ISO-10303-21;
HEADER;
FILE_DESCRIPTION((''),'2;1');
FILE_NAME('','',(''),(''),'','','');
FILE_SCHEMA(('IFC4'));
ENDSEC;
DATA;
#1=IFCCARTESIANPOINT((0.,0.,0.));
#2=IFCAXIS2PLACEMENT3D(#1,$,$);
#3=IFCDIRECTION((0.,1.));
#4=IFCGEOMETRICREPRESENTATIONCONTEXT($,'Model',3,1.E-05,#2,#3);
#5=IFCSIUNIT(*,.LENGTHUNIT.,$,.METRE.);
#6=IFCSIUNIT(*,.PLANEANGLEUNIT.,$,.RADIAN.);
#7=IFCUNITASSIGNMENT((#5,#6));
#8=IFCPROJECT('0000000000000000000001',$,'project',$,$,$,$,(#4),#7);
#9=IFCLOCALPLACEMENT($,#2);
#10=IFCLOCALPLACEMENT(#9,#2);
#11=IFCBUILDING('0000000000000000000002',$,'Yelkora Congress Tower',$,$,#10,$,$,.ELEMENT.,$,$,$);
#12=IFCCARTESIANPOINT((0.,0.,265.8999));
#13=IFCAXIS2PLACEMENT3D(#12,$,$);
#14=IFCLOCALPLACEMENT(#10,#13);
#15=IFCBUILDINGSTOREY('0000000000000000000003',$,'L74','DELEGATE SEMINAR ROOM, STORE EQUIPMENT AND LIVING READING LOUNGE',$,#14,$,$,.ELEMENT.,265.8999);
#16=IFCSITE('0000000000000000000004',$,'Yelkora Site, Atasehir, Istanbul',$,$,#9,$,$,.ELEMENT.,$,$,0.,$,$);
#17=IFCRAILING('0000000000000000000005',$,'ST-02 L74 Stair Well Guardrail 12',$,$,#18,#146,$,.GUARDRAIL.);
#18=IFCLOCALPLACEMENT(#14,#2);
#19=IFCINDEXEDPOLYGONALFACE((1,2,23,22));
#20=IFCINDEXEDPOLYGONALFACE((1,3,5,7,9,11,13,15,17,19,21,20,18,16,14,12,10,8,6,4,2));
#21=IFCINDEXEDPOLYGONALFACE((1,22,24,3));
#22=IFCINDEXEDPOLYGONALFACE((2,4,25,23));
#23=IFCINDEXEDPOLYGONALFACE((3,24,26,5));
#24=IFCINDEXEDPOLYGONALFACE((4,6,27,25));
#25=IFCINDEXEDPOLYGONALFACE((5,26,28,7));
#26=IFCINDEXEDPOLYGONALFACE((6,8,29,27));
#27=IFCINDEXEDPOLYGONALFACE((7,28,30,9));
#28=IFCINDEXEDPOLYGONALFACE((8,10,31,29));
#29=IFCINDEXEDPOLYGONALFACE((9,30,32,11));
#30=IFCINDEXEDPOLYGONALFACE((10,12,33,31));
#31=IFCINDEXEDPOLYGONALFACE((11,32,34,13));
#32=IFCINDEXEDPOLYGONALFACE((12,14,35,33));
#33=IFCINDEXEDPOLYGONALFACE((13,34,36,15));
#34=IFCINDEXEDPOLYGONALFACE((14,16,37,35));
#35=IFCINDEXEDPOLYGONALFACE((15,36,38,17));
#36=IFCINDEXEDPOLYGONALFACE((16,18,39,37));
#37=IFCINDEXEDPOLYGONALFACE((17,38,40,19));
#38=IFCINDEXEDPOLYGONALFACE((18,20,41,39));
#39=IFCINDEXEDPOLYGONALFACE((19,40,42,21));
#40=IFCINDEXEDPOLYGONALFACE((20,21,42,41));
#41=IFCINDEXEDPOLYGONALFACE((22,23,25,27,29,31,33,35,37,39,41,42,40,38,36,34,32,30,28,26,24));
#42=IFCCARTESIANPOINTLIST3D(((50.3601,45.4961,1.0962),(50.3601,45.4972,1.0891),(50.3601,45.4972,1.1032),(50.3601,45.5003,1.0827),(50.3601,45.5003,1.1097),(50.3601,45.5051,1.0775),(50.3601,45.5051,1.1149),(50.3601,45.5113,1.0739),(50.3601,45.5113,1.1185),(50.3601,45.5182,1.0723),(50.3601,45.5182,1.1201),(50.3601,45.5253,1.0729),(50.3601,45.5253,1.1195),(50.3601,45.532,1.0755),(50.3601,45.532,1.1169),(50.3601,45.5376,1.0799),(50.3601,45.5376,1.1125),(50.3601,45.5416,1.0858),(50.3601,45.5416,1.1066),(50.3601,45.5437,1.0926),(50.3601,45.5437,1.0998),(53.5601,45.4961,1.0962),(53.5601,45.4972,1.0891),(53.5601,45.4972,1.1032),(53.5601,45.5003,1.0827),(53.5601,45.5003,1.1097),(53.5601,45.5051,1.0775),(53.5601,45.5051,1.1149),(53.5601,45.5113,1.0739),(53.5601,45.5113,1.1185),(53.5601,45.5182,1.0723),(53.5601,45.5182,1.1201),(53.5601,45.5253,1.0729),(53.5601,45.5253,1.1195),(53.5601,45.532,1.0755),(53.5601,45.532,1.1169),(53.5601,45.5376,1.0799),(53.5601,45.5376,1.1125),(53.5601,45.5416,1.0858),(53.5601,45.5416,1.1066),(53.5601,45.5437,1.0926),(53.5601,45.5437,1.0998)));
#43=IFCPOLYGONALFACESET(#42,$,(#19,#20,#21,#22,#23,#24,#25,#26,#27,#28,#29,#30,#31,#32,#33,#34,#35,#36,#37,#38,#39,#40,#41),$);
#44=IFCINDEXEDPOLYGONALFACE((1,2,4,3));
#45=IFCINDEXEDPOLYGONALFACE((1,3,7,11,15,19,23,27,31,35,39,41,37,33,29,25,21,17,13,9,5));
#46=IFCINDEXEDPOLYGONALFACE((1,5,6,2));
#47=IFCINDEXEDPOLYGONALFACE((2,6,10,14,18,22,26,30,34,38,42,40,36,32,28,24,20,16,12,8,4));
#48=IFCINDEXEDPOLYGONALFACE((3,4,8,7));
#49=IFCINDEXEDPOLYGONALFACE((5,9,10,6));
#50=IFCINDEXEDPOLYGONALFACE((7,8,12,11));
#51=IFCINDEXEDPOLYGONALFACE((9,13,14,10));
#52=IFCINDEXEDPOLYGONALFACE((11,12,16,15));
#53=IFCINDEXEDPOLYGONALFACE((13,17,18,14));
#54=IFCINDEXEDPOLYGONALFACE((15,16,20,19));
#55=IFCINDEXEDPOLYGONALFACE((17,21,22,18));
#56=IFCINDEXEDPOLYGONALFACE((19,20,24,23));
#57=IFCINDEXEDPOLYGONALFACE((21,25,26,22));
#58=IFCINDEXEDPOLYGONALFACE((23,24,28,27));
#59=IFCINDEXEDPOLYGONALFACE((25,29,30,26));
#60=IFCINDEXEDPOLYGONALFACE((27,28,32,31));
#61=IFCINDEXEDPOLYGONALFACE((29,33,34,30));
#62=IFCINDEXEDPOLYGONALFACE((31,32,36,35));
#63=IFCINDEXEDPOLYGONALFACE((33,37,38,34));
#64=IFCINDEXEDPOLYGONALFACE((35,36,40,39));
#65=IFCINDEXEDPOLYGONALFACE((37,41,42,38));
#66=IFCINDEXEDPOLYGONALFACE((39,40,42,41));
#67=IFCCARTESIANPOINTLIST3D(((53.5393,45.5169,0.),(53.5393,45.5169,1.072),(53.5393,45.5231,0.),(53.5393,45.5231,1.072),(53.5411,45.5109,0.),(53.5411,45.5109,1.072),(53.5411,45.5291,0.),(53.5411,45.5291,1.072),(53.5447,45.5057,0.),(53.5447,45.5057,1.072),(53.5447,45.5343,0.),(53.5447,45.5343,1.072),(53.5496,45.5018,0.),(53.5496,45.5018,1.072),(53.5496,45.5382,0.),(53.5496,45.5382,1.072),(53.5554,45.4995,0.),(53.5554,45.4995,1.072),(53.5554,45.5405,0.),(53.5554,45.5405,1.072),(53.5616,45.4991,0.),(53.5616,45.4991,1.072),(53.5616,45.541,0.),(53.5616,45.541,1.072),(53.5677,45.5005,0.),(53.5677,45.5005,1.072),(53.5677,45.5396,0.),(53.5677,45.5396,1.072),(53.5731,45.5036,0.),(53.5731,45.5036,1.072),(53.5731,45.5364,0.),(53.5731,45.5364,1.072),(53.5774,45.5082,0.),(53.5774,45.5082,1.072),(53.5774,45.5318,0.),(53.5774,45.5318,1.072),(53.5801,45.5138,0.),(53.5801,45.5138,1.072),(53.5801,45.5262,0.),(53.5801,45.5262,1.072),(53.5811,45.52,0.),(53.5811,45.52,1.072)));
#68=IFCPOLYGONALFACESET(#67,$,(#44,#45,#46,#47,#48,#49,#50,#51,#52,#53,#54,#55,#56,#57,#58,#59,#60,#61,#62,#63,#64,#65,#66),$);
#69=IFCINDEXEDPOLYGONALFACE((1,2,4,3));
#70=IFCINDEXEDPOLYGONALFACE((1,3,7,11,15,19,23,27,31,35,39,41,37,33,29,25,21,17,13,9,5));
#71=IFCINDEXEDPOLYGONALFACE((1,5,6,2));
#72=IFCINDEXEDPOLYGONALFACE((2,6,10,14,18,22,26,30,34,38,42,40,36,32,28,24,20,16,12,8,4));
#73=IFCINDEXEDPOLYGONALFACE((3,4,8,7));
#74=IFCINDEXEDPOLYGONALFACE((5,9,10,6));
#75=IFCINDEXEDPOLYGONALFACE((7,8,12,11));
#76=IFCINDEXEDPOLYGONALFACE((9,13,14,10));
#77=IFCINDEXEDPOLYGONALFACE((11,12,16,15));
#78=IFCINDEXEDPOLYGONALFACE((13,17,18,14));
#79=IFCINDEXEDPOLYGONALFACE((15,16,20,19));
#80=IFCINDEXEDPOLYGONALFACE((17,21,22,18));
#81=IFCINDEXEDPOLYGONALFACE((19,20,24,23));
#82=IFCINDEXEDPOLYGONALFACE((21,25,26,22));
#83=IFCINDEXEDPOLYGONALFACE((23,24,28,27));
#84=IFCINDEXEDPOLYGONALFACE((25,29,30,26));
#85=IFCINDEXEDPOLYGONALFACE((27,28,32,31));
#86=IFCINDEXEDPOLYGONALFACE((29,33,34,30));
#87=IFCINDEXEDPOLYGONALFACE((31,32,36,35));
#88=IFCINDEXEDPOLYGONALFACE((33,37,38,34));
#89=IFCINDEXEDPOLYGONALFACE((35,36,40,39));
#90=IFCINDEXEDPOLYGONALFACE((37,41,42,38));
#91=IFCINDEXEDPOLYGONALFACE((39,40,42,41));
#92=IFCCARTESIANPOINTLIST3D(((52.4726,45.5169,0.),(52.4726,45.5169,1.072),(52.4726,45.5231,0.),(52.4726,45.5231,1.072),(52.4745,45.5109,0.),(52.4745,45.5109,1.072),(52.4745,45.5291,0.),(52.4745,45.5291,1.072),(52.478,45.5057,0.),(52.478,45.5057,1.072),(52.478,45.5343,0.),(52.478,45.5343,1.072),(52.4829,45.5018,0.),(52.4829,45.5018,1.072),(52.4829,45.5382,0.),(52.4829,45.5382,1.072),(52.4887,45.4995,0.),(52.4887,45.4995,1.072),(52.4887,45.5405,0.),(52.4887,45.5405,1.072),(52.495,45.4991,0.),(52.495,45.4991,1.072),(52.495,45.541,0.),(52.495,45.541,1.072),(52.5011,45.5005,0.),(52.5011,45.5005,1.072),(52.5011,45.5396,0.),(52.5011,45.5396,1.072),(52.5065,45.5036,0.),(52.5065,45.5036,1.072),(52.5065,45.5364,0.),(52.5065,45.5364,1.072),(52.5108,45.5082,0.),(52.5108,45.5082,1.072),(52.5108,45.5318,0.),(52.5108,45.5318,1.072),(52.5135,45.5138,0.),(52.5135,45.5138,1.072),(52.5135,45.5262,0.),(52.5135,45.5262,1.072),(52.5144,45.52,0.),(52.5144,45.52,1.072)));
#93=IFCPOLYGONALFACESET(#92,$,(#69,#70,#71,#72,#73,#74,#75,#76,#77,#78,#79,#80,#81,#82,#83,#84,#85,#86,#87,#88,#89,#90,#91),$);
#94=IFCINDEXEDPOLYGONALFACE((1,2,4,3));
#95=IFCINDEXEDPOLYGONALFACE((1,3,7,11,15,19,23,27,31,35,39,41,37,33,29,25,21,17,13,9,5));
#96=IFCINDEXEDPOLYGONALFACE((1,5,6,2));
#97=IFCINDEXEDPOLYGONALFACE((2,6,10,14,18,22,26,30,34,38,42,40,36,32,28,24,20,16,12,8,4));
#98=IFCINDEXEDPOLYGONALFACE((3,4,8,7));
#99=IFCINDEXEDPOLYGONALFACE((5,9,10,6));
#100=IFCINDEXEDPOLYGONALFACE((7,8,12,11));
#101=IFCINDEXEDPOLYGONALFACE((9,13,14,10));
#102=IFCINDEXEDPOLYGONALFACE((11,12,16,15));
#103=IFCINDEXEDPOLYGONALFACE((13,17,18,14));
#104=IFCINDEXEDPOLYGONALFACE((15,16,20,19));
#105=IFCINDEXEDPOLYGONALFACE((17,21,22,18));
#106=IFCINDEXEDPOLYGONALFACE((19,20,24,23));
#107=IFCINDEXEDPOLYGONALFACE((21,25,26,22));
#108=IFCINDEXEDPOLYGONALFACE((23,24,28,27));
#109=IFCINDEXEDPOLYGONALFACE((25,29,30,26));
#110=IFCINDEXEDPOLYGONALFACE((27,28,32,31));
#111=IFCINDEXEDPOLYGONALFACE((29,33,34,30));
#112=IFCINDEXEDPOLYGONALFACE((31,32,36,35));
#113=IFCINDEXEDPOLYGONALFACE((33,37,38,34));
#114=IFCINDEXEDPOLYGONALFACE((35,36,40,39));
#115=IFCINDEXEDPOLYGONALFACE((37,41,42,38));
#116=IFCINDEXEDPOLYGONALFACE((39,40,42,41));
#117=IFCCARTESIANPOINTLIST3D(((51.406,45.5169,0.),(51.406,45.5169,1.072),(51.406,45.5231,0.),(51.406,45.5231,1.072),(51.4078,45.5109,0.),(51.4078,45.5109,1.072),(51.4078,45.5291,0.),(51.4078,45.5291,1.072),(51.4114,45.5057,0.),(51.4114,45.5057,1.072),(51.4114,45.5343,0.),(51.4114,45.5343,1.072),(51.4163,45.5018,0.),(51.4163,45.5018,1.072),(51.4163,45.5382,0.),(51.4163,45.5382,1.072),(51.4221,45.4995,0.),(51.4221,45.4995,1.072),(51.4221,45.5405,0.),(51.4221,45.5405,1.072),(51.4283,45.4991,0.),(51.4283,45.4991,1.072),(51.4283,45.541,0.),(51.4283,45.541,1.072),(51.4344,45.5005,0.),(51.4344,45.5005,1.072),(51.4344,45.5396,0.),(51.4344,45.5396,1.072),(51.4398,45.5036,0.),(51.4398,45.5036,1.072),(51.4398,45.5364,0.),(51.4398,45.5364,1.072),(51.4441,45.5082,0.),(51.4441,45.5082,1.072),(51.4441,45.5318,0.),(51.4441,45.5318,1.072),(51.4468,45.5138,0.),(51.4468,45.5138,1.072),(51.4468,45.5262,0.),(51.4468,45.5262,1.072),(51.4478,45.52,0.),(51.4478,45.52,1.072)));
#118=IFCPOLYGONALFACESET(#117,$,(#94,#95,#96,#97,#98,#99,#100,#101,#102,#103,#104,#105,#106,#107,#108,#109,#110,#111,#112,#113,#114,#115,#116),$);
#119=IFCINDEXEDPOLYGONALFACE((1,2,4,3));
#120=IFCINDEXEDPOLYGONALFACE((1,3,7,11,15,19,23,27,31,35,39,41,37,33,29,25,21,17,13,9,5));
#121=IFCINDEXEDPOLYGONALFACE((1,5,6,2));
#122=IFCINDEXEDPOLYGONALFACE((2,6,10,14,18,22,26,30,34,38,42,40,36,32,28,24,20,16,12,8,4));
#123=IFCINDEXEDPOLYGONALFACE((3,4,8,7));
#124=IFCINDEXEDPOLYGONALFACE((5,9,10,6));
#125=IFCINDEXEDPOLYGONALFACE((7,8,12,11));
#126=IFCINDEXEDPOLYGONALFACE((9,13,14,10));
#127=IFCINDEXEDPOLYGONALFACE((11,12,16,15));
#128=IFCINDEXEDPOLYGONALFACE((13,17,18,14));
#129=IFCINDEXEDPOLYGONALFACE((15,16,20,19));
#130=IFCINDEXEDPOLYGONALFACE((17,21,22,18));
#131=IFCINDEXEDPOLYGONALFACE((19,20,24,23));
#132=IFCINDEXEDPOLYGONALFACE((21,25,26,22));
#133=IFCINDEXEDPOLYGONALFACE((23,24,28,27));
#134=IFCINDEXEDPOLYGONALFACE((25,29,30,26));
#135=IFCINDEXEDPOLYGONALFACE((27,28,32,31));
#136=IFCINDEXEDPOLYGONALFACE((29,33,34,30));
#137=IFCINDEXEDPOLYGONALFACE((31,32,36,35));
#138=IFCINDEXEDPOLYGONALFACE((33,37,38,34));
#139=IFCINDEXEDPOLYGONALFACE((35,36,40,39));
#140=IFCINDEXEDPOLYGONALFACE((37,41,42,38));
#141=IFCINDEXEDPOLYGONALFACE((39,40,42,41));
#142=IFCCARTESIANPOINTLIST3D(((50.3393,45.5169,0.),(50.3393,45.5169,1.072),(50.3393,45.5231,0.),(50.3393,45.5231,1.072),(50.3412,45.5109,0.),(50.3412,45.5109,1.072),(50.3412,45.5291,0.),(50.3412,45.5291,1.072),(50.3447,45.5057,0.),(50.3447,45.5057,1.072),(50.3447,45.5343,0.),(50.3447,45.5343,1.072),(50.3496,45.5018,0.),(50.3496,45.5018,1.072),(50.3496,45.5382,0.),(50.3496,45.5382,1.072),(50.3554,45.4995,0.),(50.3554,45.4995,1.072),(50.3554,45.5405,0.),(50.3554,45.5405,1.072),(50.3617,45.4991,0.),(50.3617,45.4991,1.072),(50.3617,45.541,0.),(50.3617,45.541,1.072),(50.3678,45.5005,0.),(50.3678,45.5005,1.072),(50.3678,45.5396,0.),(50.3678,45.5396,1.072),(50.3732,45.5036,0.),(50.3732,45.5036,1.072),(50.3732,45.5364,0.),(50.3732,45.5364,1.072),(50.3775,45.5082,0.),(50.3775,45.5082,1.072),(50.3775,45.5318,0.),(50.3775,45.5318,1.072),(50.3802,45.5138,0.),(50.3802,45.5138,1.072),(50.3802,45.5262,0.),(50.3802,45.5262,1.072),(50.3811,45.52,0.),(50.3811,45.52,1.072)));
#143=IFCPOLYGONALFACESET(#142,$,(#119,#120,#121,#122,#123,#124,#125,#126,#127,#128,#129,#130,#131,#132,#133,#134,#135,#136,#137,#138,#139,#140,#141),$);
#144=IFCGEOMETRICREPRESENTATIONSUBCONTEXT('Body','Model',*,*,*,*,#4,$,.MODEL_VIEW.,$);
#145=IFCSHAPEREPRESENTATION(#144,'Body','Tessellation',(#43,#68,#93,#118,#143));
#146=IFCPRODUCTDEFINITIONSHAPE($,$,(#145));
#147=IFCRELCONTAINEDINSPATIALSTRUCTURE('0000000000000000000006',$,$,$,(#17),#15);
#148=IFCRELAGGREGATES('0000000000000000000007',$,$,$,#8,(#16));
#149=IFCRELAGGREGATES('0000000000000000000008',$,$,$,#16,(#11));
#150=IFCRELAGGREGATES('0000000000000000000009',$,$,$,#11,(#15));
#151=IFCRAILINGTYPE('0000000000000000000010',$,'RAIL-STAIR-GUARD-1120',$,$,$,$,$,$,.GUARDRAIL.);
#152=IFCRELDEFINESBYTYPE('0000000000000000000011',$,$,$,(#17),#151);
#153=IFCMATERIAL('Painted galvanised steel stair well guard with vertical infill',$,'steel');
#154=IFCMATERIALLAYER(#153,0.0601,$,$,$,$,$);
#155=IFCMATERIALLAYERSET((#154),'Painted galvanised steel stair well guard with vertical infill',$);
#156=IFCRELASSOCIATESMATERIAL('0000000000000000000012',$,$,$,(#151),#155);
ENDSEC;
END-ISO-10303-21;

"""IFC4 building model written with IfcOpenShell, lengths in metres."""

from ifc_helpers import new_model, si_unit, direction, frame, origin, origin_2d, place, context, subcontext, project, spatial, circle, extrude, material, layer, layer_set, type_object, element, save


model = new_model("IFC4")

# Units and contexts
model_context = context("Model", 3, precision=1e-05, world=origin(), true_north=direction((0.0, 1.0)))
body_context = subcontext(model_context, "Body", "Model", "MODEL_VIEW")
ifc_project = project(units=[si_unit("LENGTHUNIT", "METRE"), si_unit("PLANEANGLEUNIT", "RADIAN")], contexts=[model_context])

# Site, building, storey
site_placement = place(None, origin())
site = spatial("IfcSite", under=ifc_project, at=site_placement, Name="Yelkora Site, Atasehir, Istanbul", CompositionType="ELEMENT", RefElevation=0.0)
building_placement = place(site_placement, origin())
building = spatial("IfcBuilding", under=site, at=building_placement, Name="Yelkora Congress Tower", CompositionType="ELEMENT")
storey_placement = place(building_placement, frame((0.0, 0.0, 265.8999)))
storey = spatial("IfcBuildingStorey", under=building, at=storey_placement, Name="L74", Description="DELEGATE SEMINAR ROOM, STORE EQUIPMENT AND LIVING READING LOUNGE", CompositionType="ELEMENT", Elevation=265.8999)

# Railing
ifc_material_1 = material(Name="Painted galvanised steel stair well guard with vertical infill", Category="steel")
ifc_layer_1 = layer(ifc_material_1, 0.0601)
ifc_layer_set_1 = layer_set([ifc_layer_1], Name="Painted galvanised steel stair well guard with vertical infill")
railing_type = type_object("IfcRailingType", Name="RAIL-STAIR-GUARD-1120", PredefinedType="GUARDRAIL", material=ifc_layer_set_1)
railing_1_placement = place(storey_placement, frame((53.5601, 45.52, 0.0)))
element("IfcRailing", 1, at=railing_1_placement, inside=storey, type_object=railing_type, Name="ST-02 L74 Stair Well Guardrail 12", PredefinedType="GUARDRAIL", context=body_context, shape_type="SweptSolid", body=[
    extrude(circle(Radius=0.0239, at=origin_2d()), frame((0.0, 0.0, 1.0962), z_axis=(-1.0, 0.0, 0.0), x_axis=(0.0, -1.0, 0.0)), (0.0, 0.0, 1.0), 3.2),
    extrude(circle(Radius=0.021, at=origin_2d()), origin(), (0.0, 0.0, 1.0), 1.072),
    extrude(circle(Radius=0.021, at=origin_2d()), frame((-1.0667, 0.0, 0.0)), (0.0, 0.0, 1.0), 1.072),
    extrude(circle(Radius=0.021, at=origin_2d()), frame((-2.1333, 0.0, 0.0)), (0.0, 0.0, 1.0), 1.072),
    extrude(circle(Radius=0.021, at=origin_2d()), frame((-3.2, 0.0, 0.0)), (0.0, 0.0, 1.0), 1.072),
])

save(model, "model.ifc")
